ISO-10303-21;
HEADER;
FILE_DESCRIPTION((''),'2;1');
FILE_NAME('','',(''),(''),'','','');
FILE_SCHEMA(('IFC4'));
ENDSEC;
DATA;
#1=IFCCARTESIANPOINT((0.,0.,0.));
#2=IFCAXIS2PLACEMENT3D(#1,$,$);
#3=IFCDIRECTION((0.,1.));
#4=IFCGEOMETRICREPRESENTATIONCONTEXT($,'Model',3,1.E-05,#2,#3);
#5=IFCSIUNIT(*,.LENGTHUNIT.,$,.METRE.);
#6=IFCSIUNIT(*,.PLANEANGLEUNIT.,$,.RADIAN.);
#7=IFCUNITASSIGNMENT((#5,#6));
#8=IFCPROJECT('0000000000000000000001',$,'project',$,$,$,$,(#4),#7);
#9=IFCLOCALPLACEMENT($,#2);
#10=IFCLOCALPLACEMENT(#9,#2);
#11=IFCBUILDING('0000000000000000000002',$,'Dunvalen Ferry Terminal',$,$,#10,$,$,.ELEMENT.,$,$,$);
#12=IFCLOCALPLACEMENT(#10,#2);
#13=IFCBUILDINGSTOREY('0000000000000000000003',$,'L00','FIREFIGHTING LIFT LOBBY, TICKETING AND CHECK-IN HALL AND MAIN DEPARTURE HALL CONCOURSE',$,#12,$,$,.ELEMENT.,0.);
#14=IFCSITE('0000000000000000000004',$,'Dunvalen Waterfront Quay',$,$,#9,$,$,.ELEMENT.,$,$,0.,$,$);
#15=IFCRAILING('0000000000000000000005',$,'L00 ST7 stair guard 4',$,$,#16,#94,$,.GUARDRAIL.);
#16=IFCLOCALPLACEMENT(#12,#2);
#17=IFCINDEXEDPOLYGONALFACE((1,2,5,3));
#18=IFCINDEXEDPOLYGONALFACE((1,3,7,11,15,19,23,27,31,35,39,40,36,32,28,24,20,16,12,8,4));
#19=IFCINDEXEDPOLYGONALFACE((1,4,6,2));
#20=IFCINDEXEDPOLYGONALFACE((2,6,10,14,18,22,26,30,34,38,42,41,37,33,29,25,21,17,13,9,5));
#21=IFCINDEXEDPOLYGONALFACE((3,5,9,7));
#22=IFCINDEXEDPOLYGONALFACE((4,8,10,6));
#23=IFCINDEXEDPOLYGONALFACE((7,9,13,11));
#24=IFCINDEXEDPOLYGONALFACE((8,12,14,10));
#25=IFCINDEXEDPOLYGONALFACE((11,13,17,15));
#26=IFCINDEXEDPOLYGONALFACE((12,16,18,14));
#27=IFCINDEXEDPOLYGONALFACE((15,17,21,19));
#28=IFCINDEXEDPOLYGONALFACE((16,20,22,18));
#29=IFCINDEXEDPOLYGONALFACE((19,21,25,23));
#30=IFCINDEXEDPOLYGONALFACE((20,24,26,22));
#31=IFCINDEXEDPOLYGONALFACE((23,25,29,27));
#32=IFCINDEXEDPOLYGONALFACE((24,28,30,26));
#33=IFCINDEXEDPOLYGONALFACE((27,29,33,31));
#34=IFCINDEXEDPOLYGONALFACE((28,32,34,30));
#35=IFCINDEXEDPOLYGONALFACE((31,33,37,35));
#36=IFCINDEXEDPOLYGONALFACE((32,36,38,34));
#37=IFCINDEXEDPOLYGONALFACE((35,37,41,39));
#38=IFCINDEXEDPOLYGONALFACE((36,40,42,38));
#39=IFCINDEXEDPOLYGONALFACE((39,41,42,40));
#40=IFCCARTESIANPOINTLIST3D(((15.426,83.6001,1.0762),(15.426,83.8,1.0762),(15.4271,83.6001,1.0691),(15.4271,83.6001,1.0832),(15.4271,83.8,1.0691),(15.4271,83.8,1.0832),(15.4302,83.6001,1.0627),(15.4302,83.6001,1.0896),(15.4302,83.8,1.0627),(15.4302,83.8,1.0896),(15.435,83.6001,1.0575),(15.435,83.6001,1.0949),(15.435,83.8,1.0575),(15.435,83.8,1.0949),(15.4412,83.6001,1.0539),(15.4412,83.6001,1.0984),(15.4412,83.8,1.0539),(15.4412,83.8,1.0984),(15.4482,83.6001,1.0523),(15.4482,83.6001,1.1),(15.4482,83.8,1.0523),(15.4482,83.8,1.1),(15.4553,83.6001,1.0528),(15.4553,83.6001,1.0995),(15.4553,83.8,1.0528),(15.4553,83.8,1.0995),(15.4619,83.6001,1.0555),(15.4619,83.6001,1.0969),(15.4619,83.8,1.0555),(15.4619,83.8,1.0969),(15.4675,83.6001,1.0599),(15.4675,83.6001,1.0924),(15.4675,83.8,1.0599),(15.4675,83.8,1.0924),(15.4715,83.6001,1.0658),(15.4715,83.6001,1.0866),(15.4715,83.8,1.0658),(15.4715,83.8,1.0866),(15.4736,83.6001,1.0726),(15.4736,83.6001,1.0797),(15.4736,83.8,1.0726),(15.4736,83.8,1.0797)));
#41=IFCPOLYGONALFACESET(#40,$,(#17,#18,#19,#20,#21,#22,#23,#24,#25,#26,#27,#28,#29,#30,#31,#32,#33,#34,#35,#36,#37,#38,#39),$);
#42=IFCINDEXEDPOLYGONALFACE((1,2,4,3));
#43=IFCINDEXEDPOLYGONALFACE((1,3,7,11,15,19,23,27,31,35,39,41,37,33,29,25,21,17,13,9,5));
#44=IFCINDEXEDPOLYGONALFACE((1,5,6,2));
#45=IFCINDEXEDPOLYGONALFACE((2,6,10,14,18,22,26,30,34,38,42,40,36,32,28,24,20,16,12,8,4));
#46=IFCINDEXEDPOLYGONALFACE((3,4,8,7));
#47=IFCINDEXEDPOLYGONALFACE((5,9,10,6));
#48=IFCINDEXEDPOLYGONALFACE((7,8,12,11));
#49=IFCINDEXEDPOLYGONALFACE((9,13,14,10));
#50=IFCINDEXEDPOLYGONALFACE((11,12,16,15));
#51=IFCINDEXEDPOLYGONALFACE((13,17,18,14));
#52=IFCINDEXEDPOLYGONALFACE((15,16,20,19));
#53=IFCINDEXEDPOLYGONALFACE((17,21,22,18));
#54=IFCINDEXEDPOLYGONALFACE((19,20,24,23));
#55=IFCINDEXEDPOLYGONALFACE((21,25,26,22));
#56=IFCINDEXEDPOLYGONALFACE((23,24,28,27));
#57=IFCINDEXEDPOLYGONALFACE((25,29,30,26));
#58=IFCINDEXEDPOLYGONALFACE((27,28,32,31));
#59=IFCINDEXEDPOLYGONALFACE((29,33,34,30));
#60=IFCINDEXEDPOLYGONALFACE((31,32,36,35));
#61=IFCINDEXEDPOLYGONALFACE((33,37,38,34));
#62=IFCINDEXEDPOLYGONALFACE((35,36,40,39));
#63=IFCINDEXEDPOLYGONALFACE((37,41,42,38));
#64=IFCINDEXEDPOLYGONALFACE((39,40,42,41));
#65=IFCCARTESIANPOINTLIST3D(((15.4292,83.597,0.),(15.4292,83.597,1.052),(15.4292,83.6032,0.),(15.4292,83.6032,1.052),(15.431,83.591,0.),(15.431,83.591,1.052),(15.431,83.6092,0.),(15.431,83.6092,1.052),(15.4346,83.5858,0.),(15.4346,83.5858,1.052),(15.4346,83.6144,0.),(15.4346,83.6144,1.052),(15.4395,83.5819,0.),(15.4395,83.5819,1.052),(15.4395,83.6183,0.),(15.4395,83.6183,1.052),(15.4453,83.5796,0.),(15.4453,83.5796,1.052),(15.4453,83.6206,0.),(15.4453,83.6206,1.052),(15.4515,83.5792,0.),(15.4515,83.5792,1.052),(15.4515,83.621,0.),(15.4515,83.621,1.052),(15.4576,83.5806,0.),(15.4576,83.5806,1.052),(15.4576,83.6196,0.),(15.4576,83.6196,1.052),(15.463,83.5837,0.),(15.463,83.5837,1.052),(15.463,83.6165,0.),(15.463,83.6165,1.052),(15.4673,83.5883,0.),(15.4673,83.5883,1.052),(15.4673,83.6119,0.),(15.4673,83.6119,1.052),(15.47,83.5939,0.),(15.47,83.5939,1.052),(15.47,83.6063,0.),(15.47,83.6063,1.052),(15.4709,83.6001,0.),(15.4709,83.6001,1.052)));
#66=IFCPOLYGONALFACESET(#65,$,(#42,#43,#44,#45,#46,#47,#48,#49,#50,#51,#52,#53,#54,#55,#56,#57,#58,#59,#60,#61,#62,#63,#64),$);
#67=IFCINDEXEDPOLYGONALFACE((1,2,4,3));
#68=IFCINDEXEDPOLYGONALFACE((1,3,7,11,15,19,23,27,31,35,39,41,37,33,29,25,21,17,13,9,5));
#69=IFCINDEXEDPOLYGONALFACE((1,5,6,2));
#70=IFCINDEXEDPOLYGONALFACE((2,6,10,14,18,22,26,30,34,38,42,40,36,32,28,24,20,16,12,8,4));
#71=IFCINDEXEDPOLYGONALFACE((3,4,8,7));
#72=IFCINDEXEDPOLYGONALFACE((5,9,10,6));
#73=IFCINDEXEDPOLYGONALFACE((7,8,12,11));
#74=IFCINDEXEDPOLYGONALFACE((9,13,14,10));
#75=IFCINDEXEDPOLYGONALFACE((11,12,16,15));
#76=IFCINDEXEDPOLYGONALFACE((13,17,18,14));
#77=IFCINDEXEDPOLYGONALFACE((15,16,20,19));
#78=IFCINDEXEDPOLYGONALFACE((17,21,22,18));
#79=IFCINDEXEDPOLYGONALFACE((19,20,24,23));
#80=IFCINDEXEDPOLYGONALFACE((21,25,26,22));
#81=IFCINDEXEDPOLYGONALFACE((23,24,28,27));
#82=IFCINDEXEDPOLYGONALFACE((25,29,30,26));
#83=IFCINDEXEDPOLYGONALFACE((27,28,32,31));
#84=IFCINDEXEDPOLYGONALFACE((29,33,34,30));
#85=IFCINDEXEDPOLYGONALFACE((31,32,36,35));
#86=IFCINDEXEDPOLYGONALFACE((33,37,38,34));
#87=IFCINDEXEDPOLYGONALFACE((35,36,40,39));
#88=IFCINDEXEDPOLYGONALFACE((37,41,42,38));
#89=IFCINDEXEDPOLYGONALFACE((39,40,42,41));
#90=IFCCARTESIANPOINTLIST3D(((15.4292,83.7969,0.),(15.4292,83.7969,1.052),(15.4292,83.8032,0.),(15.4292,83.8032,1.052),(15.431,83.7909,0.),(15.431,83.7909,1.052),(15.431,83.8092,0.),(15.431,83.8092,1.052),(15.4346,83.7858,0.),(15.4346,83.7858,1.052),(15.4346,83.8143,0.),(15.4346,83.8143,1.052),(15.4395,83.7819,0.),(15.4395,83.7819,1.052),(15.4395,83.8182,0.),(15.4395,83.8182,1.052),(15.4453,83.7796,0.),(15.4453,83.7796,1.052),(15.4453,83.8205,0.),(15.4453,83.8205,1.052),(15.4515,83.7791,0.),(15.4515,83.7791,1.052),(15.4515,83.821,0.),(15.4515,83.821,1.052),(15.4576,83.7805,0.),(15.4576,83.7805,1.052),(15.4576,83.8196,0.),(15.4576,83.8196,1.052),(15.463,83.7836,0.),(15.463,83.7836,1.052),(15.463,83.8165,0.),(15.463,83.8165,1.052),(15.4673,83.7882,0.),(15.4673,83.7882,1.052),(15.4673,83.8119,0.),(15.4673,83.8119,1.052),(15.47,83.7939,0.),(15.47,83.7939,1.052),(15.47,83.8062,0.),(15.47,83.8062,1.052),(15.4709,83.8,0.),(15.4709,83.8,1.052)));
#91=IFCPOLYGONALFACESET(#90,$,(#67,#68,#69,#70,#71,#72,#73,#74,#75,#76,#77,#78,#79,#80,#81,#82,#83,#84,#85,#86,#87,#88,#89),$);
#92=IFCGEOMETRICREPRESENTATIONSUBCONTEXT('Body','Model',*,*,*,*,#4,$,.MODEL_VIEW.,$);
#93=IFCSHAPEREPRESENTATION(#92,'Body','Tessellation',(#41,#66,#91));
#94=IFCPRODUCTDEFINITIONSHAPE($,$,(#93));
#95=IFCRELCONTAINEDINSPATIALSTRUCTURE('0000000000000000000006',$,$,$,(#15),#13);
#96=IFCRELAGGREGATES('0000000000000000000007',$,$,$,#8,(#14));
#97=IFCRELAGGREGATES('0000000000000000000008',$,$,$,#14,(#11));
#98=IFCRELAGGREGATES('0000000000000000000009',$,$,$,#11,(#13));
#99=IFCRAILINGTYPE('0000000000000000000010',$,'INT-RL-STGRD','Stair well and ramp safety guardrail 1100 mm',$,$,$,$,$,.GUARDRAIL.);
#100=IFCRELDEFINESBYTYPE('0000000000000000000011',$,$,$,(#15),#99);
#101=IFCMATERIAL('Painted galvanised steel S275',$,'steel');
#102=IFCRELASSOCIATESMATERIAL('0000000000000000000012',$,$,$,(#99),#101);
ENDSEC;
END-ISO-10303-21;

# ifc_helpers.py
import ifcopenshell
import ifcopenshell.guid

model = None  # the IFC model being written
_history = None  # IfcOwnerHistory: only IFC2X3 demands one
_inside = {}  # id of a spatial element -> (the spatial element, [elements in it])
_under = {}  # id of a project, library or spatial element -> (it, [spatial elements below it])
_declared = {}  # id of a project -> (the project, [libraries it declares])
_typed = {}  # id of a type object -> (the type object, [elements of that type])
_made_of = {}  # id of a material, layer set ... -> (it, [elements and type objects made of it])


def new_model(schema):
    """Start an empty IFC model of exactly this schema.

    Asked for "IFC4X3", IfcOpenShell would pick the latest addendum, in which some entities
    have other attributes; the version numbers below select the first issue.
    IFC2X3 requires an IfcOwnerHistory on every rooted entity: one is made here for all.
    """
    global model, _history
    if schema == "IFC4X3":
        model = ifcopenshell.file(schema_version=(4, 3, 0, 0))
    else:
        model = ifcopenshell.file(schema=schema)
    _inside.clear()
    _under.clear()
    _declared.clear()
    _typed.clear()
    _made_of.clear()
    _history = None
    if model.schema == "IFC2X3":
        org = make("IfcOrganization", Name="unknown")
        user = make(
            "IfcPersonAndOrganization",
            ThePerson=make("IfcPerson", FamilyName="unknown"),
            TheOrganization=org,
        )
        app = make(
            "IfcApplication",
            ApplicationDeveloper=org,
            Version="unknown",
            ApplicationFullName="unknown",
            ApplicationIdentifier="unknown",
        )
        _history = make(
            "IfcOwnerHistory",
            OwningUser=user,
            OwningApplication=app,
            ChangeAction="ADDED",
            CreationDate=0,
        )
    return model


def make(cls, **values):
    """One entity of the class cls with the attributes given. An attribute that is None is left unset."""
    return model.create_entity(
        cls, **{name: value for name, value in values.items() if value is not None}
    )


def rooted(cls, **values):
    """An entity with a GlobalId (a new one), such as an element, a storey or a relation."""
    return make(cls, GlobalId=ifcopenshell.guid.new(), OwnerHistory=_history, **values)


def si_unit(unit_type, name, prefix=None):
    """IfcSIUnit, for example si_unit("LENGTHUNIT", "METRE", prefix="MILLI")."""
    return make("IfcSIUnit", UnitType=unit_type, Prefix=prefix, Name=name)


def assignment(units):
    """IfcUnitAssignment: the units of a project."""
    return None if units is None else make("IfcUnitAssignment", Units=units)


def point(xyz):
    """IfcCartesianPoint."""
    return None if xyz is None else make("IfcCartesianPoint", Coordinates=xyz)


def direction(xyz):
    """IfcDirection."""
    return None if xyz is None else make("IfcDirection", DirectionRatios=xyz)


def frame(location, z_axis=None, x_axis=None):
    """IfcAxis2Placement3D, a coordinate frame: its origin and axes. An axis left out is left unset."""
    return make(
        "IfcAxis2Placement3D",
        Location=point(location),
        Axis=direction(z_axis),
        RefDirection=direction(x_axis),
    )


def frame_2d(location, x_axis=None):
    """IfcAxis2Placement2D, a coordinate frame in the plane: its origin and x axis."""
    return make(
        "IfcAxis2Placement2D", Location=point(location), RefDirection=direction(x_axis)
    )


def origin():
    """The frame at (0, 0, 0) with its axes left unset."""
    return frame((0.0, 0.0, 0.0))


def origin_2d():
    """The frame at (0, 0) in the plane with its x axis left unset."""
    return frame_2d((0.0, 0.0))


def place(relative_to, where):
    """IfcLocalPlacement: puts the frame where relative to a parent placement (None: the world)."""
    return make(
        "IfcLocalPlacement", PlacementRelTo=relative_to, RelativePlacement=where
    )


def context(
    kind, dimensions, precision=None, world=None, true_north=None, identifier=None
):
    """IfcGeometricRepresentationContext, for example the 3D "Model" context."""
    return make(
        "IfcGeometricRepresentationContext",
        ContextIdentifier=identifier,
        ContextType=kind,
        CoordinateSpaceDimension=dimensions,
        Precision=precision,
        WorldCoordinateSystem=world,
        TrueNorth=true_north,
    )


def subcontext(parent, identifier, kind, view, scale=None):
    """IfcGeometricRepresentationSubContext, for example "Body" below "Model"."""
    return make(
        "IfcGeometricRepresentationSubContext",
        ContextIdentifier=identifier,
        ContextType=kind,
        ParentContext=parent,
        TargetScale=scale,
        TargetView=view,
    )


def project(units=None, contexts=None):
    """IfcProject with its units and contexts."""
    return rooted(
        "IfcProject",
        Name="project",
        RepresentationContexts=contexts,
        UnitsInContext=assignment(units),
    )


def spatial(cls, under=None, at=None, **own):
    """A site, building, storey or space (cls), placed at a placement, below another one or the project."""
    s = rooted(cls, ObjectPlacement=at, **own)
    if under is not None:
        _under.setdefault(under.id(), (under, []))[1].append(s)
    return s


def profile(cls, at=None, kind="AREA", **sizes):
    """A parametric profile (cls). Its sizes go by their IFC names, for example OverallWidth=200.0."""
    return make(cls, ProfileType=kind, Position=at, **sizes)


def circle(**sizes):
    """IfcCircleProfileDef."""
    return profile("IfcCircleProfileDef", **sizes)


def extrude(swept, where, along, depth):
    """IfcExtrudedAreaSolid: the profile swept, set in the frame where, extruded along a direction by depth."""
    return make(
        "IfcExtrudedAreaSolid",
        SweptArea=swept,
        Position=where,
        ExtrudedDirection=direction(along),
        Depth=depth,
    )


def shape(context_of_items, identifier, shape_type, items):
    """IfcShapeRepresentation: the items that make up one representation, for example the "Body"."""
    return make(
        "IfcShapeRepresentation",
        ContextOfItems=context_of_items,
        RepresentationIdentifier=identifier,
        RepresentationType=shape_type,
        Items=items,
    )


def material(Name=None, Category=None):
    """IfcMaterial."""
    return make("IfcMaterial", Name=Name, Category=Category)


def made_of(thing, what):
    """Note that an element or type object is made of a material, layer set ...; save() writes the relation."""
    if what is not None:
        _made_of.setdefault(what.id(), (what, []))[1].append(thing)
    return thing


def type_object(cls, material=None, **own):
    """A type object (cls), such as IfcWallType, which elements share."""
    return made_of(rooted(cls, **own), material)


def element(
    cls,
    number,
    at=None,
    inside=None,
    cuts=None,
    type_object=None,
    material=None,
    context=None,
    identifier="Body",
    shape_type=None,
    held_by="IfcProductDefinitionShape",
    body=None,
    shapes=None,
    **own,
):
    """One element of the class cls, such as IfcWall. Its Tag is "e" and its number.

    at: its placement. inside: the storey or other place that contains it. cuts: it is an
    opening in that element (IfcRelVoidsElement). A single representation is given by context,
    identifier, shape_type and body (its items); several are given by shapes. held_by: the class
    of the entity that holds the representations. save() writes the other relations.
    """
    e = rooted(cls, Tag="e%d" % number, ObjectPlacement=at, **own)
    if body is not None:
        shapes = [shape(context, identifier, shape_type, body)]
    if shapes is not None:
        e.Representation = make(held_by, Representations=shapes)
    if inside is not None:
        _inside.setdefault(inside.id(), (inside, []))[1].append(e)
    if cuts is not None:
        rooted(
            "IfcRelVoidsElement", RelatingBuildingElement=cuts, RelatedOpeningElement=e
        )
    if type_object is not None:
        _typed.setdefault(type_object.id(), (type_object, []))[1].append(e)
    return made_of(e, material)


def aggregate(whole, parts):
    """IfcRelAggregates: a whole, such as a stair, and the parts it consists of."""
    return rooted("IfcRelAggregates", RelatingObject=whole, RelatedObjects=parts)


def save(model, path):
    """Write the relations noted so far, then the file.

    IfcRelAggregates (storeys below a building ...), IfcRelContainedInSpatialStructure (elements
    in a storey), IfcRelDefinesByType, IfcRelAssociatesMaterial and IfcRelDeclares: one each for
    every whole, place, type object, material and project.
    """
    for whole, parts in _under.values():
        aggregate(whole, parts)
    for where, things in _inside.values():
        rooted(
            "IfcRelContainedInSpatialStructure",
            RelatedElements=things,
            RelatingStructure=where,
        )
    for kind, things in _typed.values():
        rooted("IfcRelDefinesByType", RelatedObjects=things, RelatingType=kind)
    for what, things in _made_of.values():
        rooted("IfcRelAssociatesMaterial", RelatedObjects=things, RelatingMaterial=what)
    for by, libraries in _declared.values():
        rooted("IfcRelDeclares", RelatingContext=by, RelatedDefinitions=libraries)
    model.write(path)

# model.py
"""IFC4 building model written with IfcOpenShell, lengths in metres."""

from ifc_helpers import new_model, si_unit, direction, frame, origin, origin_2d, place, context, subcontext, project, spatial, circle, extrude, material, type_object, element, save


model = new_model("IFC4")

# Units and contexts
model_context = context("Model", 3, precision=1e-05, world=origin(), true_north=direction((0.0, 1.0)))
body_context = subcontext(model_context, "Body", "Model", "MODEL_VIEW")
ifc_project = project(units=[si_unit("LENGTHUNIT", "METRE"), si_unit("PLANEANGLEUNIT", "RADIAN")], contexts=[model_context])

# Site, building, storey
site_placement = place(None, origin())
site = spatial("IfcSite", under=ifc_project, at=site_placement, Name="Dunvalen Waterfront Quay", CompositionType="ELEMENT", RefElevation=0.0)
building_placement = place(site_placement, origin())
building = spatial("IfcBuilding", under=site, at=building_placement, Name="Dunvalen Ferry Terminal", CompositionType="ELEMENT")
storey_placement = place(building_placement, origin())
storey = spatial("IfcBuildingStorey", under=building, at=storey_placement, Name="L00", Description="FIREFIGHTING LIFT LOBBY, TICKETING AND CHECK-IN HALL AND MAIN DEPARTURE HALL CONCOURSE", CompositionType="ELEMENT", Elevation=0.0)

# Railing
ifc_material_1 = material(Name="Painted galvanised steel S275", Category="steel")
railing_type_1 = type_object("IfcRailingType", Name="INT-RL-STGRD", Description="Stair well and ramp safety guardrail 1100 mm", PredefinedType="GUARDRAIL", material=ifc_material_1)
railing_1_placement = place(storey_placement, frame((15.45, 83.6001, 0.0)))
element("IfcRailing", 1, at=railing_1_placement, inside=storey, type_object=railing_type_1, Name="L00 ST7 stair guard 4", PredefinedType="GUARDRAIL", context=body_context, shape_type="SweptSolid", body=[
    extrude(circle(Radius=0.0239, at=origin_2d()), frame((0.0, 0.0, 1.0762), z_axis=(0.0, 1.0, 0.0), x_axis=(-1.0, 0.0, 0.0)), (0.0, 0.0, 1.0), 0.2),
    extrude(circle(Radius=0.021, at=origin_2d()), origin(), (0.0, 0.0, 1.0), 1.052),
    extrude(circle(Radius=0.021, at=origin_2d()), frame((0.0, 0.2, 0.0)), (0.0, 0.0, 1.0), 1.052),
])

save(model, "model.ifc")
